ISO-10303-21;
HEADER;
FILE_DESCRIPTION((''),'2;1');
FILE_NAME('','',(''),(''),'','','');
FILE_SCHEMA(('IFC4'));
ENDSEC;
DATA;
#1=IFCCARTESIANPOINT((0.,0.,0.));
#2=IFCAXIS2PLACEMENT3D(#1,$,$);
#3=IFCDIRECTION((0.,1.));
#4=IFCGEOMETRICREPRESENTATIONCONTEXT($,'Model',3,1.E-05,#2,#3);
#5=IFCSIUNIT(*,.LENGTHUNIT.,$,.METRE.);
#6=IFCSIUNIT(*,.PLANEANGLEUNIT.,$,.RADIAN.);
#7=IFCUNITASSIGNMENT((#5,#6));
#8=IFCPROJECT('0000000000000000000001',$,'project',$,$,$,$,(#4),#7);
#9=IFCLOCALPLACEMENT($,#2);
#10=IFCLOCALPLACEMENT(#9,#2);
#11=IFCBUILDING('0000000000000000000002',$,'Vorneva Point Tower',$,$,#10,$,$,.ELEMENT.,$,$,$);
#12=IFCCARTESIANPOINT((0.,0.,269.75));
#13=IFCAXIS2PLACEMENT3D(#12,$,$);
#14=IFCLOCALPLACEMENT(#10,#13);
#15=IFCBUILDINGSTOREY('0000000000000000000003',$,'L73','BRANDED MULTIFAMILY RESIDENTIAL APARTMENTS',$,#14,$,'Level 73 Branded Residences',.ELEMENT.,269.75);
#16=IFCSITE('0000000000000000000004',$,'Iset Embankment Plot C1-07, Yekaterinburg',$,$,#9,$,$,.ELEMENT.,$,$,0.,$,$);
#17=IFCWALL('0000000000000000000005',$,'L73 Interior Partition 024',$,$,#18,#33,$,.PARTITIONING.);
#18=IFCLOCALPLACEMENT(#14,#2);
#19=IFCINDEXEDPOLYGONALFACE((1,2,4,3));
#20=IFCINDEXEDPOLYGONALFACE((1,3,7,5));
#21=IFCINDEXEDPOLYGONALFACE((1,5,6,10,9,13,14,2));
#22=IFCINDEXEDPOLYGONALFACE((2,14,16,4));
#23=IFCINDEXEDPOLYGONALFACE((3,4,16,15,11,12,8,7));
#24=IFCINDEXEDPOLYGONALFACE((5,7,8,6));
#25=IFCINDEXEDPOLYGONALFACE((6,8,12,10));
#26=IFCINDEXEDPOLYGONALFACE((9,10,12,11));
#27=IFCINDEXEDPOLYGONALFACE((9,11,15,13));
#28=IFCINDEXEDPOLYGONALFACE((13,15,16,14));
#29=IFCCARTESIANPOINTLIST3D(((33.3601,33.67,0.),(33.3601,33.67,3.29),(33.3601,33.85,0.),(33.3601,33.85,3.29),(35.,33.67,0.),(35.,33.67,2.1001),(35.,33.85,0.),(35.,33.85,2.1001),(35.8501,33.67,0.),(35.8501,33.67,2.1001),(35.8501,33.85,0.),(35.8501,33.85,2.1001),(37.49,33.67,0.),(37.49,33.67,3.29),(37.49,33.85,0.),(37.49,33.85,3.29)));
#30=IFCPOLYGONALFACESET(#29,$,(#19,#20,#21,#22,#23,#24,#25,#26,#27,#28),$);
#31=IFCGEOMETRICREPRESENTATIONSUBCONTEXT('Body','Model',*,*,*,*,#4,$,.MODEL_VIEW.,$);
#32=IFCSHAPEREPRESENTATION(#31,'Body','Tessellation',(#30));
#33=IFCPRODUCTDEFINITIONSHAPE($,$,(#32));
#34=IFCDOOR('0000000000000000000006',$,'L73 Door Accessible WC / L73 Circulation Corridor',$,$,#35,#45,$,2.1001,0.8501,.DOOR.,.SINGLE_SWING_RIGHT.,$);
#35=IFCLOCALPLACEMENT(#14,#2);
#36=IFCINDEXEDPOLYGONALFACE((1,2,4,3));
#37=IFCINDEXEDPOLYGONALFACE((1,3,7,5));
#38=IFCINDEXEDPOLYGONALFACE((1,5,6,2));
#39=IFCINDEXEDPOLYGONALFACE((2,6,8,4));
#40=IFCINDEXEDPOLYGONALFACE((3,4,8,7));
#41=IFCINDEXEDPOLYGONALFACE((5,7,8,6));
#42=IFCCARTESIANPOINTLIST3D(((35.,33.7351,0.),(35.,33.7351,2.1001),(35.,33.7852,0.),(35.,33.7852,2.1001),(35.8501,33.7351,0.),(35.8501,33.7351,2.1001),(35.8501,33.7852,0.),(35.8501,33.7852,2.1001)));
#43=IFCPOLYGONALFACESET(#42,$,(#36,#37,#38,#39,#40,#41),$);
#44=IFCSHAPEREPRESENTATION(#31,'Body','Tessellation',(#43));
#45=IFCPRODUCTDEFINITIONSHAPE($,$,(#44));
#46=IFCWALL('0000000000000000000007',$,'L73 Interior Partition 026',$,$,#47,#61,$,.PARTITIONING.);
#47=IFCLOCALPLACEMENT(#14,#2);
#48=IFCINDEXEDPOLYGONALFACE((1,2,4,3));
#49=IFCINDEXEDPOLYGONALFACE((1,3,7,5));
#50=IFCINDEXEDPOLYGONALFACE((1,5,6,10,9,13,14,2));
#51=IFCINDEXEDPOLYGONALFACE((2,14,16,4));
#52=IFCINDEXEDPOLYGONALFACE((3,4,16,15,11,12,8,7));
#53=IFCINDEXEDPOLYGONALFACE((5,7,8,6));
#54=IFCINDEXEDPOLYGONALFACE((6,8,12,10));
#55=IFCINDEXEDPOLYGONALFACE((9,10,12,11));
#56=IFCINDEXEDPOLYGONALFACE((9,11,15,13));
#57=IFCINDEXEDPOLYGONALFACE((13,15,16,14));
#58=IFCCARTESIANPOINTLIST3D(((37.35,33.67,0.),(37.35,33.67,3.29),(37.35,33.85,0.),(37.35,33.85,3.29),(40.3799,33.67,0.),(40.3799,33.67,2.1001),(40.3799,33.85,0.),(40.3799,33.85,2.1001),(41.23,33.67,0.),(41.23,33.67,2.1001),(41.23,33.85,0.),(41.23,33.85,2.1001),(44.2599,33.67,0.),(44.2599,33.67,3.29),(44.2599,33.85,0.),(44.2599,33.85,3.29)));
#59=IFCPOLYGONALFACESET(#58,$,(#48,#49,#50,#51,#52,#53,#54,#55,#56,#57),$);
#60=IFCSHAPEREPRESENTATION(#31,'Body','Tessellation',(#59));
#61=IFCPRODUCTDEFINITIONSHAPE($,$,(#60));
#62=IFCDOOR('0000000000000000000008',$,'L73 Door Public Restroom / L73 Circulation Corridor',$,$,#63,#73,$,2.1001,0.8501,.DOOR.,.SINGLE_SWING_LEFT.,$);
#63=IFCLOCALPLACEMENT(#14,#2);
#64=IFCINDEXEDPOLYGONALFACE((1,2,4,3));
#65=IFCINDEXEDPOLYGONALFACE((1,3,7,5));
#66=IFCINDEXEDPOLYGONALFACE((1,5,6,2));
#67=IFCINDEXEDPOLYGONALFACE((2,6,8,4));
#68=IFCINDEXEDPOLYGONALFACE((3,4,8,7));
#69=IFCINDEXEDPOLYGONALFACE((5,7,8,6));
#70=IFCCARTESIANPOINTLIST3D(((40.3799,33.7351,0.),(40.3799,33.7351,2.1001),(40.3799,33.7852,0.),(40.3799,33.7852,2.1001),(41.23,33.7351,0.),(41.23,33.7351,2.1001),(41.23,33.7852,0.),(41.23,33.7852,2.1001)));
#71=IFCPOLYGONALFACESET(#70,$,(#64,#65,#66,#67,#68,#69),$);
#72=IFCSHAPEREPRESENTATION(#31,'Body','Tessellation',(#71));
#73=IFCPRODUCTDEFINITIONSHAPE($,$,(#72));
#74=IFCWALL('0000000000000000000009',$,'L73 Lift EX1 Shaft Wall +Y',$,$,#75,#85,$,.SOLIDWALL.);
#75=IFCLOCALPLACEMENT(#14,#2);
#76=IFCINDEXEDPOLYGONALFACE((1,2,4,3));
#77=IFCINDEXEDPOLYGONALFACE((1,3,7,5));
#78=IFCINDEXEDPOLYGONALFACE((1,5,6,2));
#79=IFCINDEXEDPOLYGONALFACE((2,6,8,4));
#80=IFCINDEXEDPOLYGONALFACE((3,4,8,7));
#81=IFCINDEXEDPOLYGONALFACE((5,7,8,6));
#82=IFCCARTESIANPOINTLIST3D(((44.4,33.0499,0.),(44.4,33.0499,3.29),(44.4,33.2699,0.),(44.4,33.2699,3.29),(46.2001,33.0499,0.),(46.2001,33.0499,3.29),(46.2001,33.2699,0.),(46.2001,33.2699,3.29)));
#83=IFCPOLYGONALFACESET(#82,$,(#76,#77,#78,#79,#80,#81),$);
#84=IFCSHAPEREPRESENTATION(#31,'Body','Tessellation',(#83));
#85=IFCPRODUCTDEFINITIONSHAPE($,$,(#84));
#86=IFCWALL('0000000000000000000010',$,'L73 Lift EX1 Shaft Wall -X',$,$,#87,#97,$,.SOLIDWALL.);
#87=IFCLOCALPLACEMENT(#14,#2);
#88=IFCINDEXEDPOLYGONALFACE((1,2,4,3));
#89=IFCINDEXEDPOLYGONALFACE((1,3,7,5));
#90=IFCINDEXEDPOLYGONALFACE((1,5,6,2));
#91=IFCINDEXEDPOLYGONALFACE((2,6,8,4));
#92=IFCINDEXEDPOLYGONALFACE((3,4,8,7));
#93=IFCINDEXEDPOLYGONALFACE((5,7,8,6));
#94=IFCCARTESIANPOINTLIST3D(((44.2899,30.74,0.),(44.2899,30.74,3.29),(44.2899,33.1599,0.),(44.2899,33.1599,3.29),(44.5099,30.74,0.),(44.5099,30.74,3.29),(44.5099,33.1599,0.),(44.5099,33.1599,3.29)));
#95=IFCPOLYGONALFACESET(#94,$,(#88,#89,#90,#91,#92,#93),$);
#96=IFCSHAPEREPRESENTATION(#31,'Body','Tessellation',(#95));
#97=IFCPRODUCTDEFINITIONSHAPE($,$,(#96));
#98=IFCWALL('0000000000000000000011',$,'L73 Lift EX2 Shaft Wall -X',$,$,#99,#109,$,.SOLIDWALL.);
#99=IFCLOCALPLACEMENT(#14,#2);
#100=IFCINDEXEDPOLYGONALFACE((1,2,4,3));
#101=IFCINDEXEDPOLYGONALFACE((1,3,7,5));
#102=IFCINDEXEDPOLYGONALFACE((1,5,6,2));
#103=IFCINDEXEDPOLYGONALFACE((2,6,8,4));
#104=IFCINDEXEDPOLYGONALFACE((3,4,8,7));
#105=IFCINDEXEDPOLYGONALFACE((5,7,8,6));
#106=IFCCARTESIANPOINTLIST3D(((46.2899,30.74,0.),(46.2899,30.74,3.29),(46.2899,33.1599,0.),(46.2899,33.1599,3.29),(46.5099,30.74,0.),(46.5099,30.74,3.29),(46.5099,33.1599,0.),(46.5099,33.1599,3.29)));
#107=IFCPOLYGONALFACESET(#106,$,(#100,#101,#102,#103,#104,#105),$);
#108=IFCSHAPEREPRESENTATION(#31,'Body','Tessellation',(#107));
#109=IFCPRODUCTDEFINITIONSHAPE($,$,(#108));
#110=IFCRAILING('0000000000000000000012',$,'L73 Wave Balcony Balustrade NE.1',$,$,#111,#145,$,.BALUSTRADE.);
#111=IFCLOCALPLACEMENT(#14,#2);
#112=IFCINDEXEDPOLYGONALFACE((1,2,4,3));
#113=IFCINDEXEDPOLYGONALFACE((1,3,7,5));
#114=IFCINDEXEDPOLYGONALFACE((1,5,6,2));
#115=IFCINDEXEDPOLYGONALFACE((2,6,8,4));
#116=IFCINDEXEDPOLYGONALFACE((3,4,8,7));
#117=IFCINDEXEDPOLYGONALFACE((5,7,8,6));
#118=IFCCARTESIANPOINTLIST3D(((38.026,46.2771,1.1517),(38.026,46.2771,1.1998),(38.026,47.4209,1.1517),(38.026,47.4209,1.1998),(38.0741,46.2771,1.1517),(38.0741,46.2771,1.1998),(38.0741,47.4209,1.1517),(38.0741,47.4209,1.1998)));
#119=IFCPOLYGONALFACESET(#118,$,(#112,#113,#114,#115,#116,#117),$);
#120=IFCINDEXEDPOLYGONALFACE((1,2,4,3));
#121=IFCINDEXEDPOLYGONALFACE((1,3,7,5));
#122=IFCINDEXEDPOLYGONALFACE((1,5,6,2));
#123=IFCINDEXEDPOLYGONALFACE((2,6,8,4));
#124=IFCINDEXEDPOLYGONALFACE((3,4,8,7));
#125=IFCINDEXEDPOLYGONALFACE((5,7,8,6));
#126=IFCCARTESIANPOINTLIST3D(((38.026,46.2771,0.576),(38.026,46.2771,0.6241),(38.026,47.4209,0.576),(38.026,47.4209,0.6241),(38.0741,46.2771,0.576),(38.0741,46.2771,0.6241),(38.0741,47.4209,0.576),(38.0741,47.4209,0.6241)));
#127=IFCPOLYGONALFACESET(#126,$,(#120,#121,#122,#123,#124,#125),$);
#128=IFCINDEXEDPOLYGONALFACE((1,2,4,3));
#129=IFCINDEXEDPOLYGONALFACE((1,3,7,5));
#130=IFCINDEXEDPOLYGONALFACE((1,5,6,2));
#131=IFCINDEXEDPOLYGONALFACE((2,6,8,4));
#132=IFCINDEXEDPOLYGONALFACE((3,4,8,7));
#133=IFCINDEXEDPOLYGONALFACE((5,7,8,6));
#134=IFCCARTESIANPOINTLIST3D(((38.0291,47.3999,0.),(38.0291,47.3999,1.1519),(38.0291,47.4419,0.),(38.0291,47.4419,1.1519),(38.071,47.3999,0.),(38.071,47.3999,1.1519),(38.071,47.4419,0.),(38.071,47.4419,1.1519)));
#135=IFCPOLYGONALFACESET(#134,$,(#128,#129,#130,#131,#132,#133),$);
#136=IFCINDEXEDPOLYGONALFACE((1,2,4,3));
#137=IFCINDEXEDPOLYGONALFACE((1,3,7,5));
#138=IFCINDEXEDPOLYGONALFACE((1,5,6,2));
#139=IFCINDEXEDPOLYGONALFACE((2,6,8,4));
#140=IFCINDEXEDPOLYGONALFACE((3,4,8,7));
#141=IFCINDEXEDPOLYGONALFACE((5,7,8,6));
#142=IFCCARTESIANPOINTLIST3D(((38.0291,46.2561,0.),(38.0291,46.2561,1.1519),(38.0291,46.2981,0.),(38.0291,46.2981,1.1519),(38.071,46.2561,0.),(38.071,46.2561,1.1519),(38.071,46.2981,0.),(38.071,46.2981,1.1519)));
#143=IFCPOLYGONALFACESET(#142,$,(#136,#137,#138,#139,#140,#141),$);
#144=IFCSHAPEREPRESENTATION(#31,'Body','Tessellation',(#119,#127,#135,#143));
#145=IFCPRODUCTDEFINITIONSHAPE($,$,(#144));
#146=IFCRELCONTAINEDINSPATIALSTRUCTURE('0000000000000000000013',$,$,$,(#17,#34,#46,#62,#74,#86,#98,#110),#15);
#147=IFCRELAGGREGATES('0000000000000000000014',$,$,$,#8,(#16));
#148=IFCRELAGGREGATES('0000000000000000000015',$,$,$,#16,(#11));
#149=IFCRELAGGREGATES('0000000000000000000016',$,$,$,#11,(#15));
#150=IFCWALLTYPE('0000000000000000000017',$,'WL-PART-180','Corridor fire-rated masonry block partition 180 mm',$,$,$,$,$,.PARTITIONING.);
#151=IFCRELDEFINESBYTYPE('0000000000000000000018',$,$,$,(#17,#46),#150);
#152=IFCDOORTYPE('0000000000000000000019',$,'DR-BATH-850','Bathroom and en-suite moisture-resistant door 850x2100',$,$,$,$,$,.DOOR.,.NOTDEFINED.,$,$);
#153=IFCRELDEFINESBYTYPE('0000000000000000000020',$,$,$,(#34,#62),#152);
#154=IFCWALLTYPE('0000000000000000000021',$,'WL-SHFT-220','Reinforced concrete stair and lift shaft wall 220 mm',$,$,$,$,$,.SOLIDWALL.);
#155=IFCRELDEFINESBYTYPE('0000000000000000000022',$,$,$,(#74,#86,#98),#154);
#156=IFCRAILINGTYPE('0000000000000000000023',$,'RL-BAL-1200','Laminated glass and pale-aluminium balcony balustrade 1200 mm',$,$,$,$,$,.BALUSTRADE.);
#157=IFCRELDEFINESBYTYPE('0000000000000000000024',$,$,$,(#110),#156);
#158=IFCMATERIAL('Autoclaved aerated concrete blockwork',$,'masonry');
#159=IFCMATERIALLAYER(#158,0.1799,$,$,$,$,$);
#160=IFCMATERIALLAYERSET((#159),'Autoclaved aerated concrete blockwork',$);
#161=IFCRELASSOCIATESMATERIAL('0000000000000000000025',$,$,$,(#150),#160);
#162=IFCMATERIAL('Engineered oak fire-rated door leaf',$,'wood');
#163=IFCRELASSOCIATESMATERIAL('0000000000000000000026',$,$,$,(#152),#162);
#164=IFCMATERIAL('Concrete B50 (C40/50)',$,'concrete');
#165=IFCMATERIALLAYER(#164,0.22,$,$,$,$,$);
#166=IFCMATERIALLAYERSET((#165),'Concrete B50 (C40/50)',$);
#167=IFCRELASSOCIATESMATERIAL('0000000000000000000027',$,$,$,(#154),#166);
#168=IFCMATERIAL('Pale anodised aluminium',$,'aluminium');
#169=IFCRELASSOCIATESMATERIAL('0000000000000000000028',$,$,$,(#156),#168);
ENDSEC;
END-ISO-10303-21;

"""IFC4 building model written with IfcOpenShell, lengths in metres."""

from ifc_helpers import new_model, si_unit, direction, frame, frame_2d, origin, origin_2d, place, context, subcontext, project, spatial, rectangle, extrude, material, layer, layer_set, type_object, element, fill, save


model = new_model("IFC4")

# Units and contexts
model_context = context("Model", 3, precision=1e-05, world=origin(), true_north=direction((0.0, 1.0)))
body_context = subcontext(model_context, "Body", "Model", "MODEL_VIEW")
ifc_project = project(units=[si_unit("LENGTHUNIT", "METRE"), si_unit("PLANEANGLEUNIT", "RADIAN")], contexts=[model_context])

# Site, building, storey
site_placement = place(None, origin())
site = spatial("IfcSite", under=ifc_project, at=site_placement, Name="Iset Embankment Plot C1-07, Yekaterinburg", CompositionType="ELEMENT", RefElevation=0.0)
building_placement = place(site_placement, origin())
building = spatial("IfcBuilding", under=site, at=building_placement, Name="Vorneva Point Tower", CompositionType="ELEMENT")
storey_placement = place(building_placement, frame((0.0, 0.0, 269.75)))
storey = spatial("IfcBuildingStorey", under=building, at=storey_placement, Name="L73", Description="BRANDED MULTIFAMILY RESIDENTIAL APARTMENTS", LongName="Level 73 Branded Residences", CompositionType="ELEMENT", Elevation=269.75)

# Shared definitions
ifc_material_1 = material(Name="Concrete B50 (C40/50)", Category="concrete")

# Shared definitions
ifc_material_2 = material(Name="Pale anodised aluminium", Category="aluminium")

# Walls, openings, doors
ifc_material_3 = material(Name="Autoclaved aerated concrete blockwork", Category="masonry")
ifc_layer_1 = layer(ifc_material_3, 0.1799)
ifc_layer_set_1 = layer_set([ifc_layer_1], Name="Autoclaved aerated concrete blockwork")
wall_type_1 = type_object("IfcWallType", Name="WL-PART-180", Description="Corridor fire-rated masonry block partition 180 mm", PredefinedType="PARTITIONING", material=ifc_layer_set_1)
wall_1_placement = place(storey_placement, frame((37.49, 33.76, 0.0), z_axis=(0.0, 0.0, 1.0), x_axis=(-1.0, 0.0, 0.0)))
wall_1 = element("IfcWall", 1, at=wall_1_placement, inside=storey, type_object=wall_type_1, Name="L73 Interior Partition 024", PredefinedType="PARTITIONING", context=body_context, shape_type="SweptSolid", body=[
    extrude(rectangle(XDim=4.1299, YDim=0.1799, at=frame_2d((2.0649, 0.0))), origin(), (0.0, 0.0, 1.0), 3.29),
])
opening_1_placement = place(wall_1_placement, frame((1.6399, 0.0, 0.0)))
opening_1 = element("IfcOpeningElement", 2, at=opening_1_placement, cuts=wall_1, PredefinedType="OPENING", context=body_context, shape_type="SweptSolid", body=[
    extrude(rectangle(XDim=0.8501, YDim=2.1001, at=frame_2d((0.425, 1.05))), frame((0.0, 0.105, 0.0), z_axis=(0.0, -1.0, 0.0), x_axis=(1.0, 0.0, 0.0)), (0.0, 0.0, 1.0), 0.2097),
])
ifc_material_4 = material(Name="Engineered oak fire-rated door leaf", Category="wood")
door_type = type_object("IfcDoorType", Name="DR-BATH-850", Description="Bathroom and en-suite moisture-resistant door 850x2100", OperationType="NOTDEFINED", PredefinedType="DOOR", material=ifc_material_4)
door_1_placement = place(opening_1_placement, origin())
door_1 = element("IfcDoor", 3, at=door_1_placement, inside=storey, type_object=door_type, Name="L73 Door Accessible WC / L73 Circulation Corridor", OperationType="SINGLE_SWING_RIGHT", OverallHeight=2.1001, OverallWidth=0.8501, PredefinedType="DOOR", context=body_context, shape_type="SweptSolid", body=[
    extrude(rectangle(XDim=0.8501, YDim=2.1001, at=frame_2d((0.425, 1.05))), frame((0.0, 0.0249, 0.0), z_axis=(0.0, -1.0, 0.0), x_axis=(1.0, 0.0, 0.0)), (0.0, 0.0, 1.0), 0.05),
])
fill(opening_1, door_1)
wall_2_placement = place(storey_placement, frame((44.26, 33.76, 0.0), z_axis=(0.0, 0.0, 1.0), x_axis=(-1.0, 0.0, 0.0)))
wall_2 = element("IfcWall", 4, at=wall_2_placement, inside=storey, type_object=wall_type_1, Name="L73 Interior Partition 026", PredefinedType="PARTITIONING", context=body_context, shape_type="SweptSolid", body=[
    extrude(rectangle(XDim=6.9099, YDim=0.1799, at=frame_2d((3.4551, 0.0))), origin(), (0.0, 0.0, 1.0), 3.29),
])
opening_2_placement = place(wall_2_placement, frame((3.03, 0.0, 0.0)))
opening_2 = element("IfcOpeningElement", 5, at=opening_2_placement, cuts=wall_2, PredefinedType="OPENING", context=body_context, shape_type="SweptSolid", body=[
    extrude(rectangle(XDim=0.8501, YDim=2.1001, at=frame_2d((0.425, 1.05))), frame((0.0, 0.105, 0.0), z_axis=(0.0, -1.0, 0.0), x_axis=(1.0, 0.0, 0.0)), (0.0, 0.0, 1.0), 0.2097),
])
door_2_placement = place(opening_2_placement, origin())
door_2 = element("IfcDoor", 6, at=door_2_placement, inside=storey, type_object=door_type, Name="L73 Door Public Restroom / L73 Circulation Corridor", OperationType="SINGLE_SWING_LEFT", OverallHeight=2.1001, OverallWidth=0.8501, PredefinedType="DOOR", context=body_context, shape_type="SweptSolid", body=[
    extrude(rectangle(XDim=0.8501, YDim=2.1001, at=frame_2d((0.425, 1.05))), frame((0.0, 0.0249, 0.0), z_axis=(0.0, -1.0, 0.0), x_axis=(1.0, 0.0, 0.0)), (0.0, 0.0, 1.0), 0.05),
])
fill(opening_2, door_2)

# Walls
ifc_layer_2 = layer(ifc_material_1, 0.22)
ifc_layer_set_2 = layer_set([ifc_layer_2], Name="Concrete B50 (C40/50)")
wall_type_2 = type_object("IfcWallType", Name="WL-SHFT-220", Description="Reinforced concrete stair and lift shaft wall 220 mm", PredefinedType="SOLIDWALL", material=ifc_layer_set_2)
wall_3_placement = place(storey_placement, frame((46.2, 33.1599, 0.0), z_axis=(0.0, 0.0, 1.0), x_axis=(-1.0, 0.0, 0.0)))
element("IfcWall", 7, at=wall_3_placement, inside=storey, type_object=wall_type_2, Name="L73 Lift EX1 Shaft Wall +Y", PredefinedType="SOLIDWALL", context=body_context, shape_type="SweptSolid", body=[
    extrude(rectangle(XDim=1.8, YDim=0.22, at=frame_2d((0.8999, 0.0))), origin(), (0.0, 0.0, 1.0), 3.29),
])
for number, where, z_axis, x_axis, name in (
    (8, (44.3999, 33.1599, 0.0), (0.0, 0.0, 1.0), (0.0, -1.0, 0.0), "L73 Lift EX1 Shaft Wall -X"),
    (9, (46.3999, 33.1599, 0.0), (0.0, 0.0, 1.0), (0.0, -1.0, 0.0), "L73 Lift EX2 Shaft Wall -X"),
):
    element("IfcWall", number, at=place(storey_placement, frame(where, z_axis=z_axis, x_axis=x_axis)), inside=storey, type_object=wall_type_2, Name=name, PredefinedType="SOLIDWALL", context=body_context, shape_type="SweptSolid", body=[
        extrude(rectangle(XDim=2.4199, YDim=0.22, at=frame_2d((1.21, 0.0))), origin(), (0.0, 0.0, 1.0), 3.29),
    ])

# Railing
railing_type = type_object("IfcRailingType", Name="RL-BAL-1200", Description="Laminated glass and pale-aluminium balcony balustrade 1200 mm", PredefinedType="BALUSTRADE", material=ifc_material_2)
railing_placement = place(storey_placement, frame((38.05, 47.4209, 0.0)))
element("IfcRailing", 10, at=railing_placement, inside=storey, type_object=railing_type, Name="L73 Wave Balcony Balustrade NE.1", PredefinedType="BALUSTRADE", context=body_context, shape_type="SweptSolid", body=[
    extrude(rectangle(XDim=0.0481, YDim=0.0481, at=origin_2d()), frame((0.0, 0.0, 1.1758), z_axis=(0.0, -1.0, 0.0), x_axis=(1.0, 0.0, 0.0)), (0.0, 0.0, 1.0), 1.1438),
    extrude(rectangle(XDim=0.0481, YDim=0.0481, at=origin_2d()), frame((0.0, 0.0, 0.6001), z_axis=(0.0, -1.0, 0.0), x_axis=(1.0, 0.0, 0.0)), (0.0, 0.0, 1.0), 1.1438),
    extrude(rectangle(XDim=0.042, YDim=0.042, at=origin_2d()), origin(), (0.0, 0.0, 1.0), 1.1519),
    extrude(rectangle(XDim=0.042, YDim=0.042, at=origin_2d()), frame((0.0, -1.1438, 0.0)), (0.0, 0.0, 1.0), 1.1519),
])

save(model, "model.ifc")
